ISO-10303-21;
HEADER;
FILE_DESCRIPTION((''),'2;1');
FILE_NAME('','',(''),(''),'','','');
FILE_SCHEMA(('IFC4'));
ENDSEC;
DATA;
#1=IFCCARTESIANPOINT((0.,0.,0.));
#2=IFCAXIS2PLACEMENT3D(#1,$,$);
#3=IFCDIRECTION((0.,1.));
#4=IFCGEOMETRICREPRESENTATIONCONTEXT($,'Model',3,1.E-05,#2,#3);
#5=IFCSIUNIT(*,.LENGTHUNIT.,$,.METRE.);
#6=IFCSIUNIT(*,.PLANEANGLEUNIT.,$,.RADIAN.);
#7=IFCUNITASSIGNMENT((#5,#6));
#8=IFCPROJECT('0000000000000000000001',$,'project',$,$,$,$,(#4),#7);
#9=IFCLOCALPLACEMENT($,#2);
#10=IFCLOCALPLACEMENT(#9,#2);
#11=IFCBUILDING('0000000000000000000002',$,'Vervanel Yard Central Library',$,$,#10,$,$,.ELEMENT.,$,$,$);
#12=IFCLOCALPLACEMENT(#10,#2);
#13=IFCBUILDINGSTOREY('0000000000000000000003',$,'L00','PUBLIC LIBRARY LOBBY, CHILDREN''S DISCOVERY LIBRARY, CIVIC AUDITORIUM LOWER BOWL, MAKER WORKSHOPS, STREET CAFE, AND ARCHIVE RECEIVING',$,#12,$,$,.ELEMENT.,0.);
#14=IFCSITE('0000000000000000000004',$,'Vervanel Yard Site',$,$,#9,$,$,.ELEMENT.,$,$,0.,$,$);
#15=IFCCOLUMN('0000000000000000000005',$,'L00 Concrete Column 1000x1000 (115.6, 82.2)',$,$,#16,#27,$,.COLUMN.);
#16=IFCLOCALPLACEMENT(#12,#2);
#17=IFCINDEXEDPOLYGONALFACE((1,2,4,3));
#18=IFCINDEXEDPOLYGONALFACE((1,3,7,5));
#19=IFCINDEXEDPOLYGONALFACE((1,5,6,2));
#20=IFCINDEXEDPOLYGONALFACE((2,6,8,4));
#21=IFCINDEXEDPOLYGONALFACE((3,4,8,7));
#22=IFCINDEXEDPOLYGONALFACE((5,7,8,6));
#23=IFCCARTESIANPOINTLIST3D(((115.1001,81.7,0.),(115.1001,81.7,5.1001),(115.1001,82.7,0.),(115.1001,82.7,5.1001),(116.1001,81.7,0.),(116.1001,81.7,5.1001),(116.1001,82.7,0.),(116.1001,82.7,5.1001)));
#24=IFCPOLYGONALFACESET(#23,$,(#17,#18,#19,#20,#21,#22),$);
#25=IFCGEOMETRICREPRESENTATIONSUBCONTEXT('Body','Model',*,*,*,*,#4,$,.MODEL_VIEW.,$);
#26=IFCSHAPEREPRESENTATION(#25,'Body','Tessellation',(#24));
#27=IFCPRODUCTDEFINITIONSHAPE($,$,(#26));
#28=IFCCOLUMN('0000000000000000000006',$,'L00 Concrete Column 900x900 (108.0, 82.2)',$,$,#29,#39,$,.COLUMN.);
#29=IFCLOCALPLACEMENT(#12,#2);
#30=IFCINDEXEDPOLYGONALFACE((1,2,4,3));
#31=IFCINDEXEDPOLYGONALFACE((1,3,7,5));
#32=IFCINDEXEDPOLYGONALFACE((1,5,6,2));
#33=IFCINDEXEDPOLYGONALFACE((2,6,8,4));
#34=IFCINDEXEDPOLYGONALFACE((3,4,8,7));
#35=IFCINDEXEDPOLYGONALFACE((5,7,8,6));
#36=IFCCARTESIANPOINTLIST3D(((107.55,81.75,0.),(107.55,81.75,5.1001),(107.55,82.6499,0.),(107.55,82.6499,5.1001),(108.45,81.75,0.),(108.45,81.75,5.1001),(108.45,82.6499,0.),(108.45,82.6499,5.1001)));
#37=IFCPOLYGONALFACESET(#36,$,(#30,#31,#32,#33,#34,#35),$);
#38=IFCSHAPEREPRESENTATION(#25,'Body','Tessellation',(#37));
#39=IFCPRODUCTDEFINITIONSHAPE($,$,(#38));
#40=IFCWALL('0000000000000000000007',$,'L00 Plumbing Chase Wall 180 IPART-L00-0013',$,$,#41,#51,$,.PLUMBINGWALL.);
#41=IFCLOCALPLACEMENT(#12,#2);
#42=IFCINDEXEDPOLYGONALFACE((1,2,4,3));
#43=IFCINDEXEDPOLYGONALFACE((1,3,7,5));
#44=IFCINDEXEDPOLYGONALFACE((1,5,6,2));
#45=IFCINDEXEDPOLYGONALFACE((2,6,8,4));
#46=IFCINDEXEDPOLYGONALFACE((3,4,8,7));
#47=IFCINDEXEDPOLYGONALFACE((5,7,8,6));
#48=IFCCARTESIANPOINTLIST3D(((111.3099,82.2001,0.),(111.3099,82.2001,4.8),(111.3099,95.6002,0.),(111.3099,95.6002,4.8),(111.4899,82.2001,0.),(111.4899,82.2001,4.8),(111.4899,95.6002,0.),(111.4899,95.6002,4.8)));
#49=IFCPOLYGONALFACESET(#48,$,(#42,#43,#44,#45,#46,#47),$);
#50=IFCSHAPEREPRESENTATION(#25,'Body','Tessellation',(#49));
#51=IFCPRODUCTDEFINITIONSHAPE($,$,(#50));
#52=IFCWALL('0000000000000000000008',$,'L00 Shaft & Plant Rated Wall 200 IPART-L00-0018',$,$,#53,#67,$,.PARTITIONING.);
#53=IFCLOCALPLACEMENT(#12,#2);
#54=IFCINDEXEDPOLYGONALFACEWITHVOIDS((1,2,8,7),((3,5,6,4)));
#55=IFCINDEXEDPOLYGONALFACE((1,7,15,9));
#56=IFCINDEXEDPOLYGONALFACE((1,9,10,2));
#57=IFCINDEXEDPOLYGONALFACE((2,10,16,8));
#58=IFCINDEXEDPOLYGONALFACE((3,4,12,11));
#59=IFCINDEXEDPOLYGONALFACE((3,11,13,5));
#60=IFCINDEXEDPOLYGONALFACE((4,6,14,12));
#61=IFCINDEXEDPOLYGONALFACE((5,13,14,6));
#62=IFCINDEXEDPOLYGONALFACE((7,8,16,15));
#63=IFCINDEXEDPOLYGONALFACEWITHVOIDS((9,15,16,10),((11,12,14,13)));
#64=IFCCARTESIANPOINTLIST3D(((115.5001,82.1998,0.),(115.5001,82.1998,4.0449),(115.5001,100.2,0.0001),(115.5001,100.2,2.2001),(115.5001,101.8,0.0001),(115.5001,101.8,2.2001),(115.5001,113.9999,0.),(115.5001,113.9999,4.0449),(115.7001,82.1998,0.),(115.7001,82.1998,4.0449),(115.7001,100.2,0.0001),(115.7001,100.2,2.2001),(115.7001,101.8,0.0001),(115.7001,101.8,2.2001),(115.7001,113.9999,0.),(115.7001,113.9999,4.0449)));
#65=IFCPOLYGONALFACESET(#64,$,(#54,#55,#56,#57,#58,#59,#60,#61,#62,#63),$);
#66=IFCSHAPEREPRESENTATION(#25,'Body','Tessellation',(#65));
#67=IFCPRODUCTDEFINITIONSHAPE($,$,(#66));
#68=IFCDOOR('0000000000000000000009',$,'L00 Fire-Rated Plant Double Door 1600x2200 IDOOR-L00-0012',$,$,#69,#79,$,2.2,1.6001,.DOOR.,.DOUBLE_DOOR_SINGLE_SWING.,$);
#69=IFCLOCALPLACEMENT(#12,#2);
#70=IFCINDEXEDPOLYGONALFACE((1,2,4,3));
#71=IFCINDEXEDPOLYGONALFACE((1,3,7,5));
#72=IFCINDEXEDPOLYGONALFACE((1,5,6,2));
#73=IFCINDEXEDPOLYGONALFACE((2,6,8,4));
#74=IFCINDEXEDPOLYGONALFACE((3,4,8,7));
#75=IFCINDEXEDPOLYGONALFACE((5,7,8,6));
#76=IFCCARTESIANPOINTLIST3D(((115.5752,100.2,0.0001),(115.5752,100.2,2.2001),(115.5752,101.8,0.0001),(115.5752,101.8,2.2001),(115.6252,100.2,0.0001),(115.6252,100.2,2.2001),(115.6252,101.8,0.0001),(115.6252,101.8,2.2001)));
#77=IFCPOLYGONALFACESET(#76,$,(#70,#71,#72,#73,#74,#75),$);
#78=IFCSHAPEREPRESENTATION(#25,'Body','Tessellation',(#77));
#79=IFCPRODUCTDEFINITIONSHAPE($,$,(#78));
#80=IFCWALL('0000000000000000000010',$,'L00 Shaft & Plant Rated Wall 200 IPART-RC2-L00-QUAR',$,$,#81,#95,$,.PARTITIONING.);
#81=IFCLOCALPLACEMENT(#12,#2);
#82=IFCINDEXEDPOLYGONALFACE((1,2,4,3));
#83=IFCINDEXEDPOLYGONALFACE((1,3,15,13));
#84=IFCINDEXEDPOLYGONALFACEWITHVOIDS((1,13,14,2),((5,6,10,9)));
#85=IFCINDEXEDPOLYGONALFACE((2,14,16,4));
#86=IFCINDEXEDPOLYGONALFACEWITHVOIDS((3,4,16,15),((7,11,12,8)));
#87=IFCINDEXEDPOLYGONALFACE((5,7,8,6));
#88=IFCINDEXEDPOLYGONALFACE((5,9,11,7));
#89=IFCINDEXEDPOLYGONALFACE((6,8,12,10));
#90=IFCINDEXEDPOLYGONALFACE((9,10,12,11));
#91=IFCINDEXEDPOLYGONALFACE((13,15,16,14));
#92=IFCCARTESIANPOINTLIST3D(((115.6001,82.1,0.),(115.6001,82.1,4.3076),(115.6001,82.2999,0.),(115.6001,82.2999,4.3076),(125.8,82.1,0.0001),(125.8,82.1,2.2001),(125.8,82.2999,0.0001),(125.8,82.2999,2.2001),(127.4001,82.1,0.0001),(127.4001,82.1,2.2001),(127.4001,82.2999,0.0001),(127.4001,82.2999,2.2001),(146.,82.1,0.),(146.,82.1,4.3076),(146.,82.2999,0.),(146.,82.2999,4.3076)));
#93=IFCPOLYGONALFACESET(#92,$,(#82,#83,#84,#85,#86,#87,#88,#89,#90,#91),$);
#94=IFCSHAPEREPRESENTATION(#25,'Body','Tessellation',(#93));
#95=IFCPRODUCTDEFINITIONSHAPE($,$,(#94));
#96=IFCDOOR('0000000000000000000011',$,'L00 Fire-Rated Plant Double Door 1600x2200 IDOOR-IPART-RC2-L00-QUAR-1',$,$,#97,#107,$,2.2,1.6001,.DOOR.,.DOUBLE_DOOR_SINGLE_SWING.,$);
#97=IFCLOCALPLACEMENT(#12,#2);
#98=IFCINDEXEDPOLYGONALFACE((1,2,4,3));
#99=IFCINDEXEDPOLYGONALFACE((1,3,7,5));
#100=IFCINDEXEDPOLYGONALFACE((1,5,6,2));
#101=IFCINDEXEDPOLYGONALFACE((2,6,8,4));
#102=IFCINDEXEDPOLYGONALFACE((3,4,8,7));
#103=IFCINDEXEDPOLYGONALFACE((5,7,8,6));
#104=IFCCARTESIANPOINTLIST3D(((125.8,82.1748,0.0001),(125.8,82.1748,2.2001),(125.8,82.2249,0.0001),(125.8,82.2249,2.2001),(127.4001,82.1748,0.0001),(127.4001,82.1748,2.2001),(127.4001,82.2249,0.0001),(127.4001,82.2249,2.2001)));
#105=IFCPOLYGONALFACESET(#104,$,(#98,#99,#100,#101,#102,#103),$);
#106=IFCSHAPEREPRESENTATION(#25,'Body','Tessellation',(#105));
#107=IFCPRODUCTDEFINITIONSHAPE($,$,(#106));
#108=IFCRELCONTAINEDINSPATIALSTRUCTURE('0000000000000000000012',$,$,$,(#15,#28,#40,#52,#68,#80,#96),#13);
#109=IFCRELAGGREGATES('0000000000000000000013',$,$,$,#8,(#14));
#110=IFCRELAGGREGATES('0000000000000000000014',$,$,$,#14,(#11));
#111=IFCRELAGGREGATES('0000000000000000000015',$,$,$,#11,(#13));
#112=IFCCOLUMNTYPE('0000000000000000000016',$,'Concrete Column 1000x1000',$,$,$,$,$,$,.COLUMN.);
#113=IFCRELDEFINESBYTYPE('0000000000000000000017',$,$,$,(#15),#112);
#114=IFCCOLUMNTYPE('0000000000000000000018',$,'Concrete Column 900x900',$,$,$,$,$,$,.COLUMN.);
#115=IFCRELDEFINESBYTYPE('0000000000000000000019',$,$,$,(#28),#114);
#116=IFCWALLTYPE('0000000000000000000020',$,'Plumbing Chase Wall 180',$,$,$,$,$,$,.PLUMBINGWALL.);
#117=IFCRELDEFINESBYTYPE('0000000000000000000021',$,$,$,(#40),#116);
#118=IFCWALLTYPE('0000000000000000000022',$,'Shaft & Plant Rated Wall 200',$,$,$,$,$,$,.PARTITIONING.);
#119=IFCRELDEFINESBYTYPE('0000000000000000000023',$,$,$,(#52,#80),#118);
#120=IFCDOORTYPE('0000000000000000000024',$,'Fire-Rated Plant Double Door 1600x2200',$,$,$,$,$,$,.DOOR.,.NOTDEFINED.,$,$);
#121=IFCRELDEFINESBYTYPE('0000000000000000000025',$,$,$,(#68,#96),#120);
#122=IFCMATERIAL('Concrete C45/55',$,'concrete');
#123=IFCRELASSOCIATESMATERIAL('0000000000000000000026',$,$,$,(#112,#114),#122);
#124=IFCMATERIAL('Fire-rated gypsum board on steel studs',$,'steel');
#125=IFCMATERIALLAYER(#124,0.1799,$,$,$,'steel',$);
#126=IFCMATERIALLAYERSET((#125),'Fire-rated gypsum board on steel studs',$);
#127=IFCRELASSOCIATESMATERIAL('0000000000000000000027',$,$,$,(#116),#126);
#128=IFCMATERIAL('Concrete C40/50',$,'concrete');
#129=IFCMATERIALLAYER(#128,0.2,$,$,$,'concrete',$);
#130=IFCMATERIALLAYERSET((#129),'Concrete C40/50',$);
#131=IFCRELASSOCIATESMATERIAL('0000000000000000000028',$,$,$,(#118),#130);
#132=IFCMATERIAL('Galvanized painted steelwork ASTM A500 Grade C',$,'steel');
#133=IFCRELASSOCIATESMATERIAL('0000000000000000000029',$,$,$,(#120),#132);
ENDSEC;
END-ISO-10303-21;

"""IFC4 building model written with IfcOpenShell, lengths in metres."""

from ifc_helpers import new_model, si_unit, direction, frame, frame_2d, origin, origin_2d, place, context, subcontext, project, spatial, rectangle, extrude, material, layer, layer_set, material_profile, profile_set, type_object, element, fill, save


model = new_model("IFC4")

# Units and contexts
model_context = context("Model", 3, precision=1e-05, world=origin(), true_north=direction((0.0, 1.0)))
body_context = subcontext(model_context, "Body", "Model", "MODEL_VIEW")
ifc_project = project(units=[si_unit("LENGTHUNIT", "METRE"), si_unit("PLANEANGLEUNIT", "RADIAN")], contexts=[model_context])

# Site, building, storey
site_placement = place(None, origin())
site = spatial("IfcSite", under=ifc_project, at=site_placement, Name="Vervanel Yard Site", CompositionType="ELEMENT", RefElevation=0.0)
building_placement = place(site_placement, origin())
building = spatial("IfcBuilding", under=site, at=building_placement, Name="Vervanel Yard Central Library", CompositionType="ELEMENT")
storey_placement = place(building_placement, origin())
storey = spatial("IfcBuildingStorey", under=building, at=storey_placement, Name="L00", Description="PUBLIC LIBRARY LOBBY, CHILDREN'S DISCOVERY LIBRARY, CIVIC AUDITORIUM LOWER BOWL, MAKER WORKSHOPS, STREET CAFE, AND ARCHIVE RECEIVING", CompositionType="ELEMENT", Elevation=0.0)

# Shared definitions
ifc_material_1 = material(Name="Concrete C40/50", Category="concrete")

# Columns
ifc_material_2 = material(Name="Concrete C45/55", Category="concrete")
ifc_material_profile_1 = material_profile(ifc_material_2, rectangle(XDim=1.0, YDim=1.0, at=origin_2d()), Name="RC 1000x1000", Category="concrete")
ifc_profile_set_1 = profile_set([ifc_material_profile_1], Name="Concrete C45/55")
column_type_1 = type_object("IfcColumnType", Name="Concrete Column 1000x1000", PredefinedType="COLUMN", material=ifc_profile_set_1)
column_1_placement = place(storey_placement, frame((115.6001, 82.2, 0.0), z_axis=(0.0, 0.0, 1.0), x_axis=(1.0, 0.0, 0.0)))
element("IfcColumn", 1, at=column_1_placement, inside=storey, type_object=column_type_1, Name="L00 Concrete Column 1000x1000 (115.6, 82.2)", PredefinedType="COLUMN", context=body_context, shape_type="SweptSolid", body=[
    extrude(rectangle(XDim=1.0, YDim=1.0, at=origin_2d()), origin(), (0.0, 0.0, 1.0), 5.1001),
])
ifc_material_profile_2 = material_profile(ifc_material_2, rectangle(XDim=0.8999, YDim=0.8999, at=origin_2d()), Name="RC 900x900", Category="concrete")
ifc_profile_set_2 = profile_set([ifc_material_profile_2], Name="Concrete C45/55")
column_type_2 = type_object("IfcColumnType", Name="Concrete Column 900x900", PredefinedType="COLUMN", material=ifc_profile_set_2)
column_2_placement = place(storey_placement, frame((108.0, 82.2, 0.0), z_axis=(0.0, 0.0, 1.0), x_axis=(1.0, 0.0, 0.0)))
element("IfcColumn", 2, at=column_2_placement, inside=storey, type_object=column_type_2, Name="L00 Concrete Column 900x900 (108.0, 82.2)", PredefinedType="COLUMN", context=body_context, shape_type="SweptSolid", body=[
    extrude(rectangle(XDim=0.8999, YDim=0.8999, at=origin_2d()), origin(), (0.0, 0.0, 1.0), 5.1001),
])

# Wall
ifc_material_3 = material(Name="Fire-rated gypsum board on steel studs", Category="steel")
ifc_layer_1 = layer(ifc_material_3, 0.1799, Category="steel")
ifc_layer_set_1 = layer_set([ifc_layer_1], Name="Fire-rated gypsum board on steel studs")
wall_type_1 = type_object("IfcWallType", Name="Plumbing Chase Wall 180", PredefinedType="PLUMBINGWALL", material=ifc_layer_set_1)
wall_1_placement = place(storey_placement, frame((111.3999, 82.2, 0.0), z_axis=(0.0, 0.0, 1.0), x_axis=(0.0, 1.0, 0.0)))
element("IfcWall", 3, at=wall_1_placement, inside=storey, type_object=wall_type_1, Name="L00 Plumbing Chase Wall 180 IPART-L00-0013", PredefinedType="PLUMBINGWALL", context=body_context, shape_type="SweptSolid", body=[
    extrude(rectangle(XDim=13.4001, YDim=0.1799, at=frame_2d((6.7002, 0.0))), origin(), (0.0, 0.0, 1.0), 4.8),
])

# Walls, openings, doors
ifc_layer_2 = layer(ifc_material_1, 0.2, Category="concrete")
ifc_layer_set_2 = layer_set([ifc_layer_2], Name="Concrete C40/50")
wall_type_2 = type_object("IfcWallType", Name="Shaft & Plant Rated Wall 200", PredefinedType="PARTITIONING", material=ifc_layer_set_2)
wall_2_placement = place(storey_placement, frame((115.6001, 82.2, 0.0), z_axis=(0.0, 0.0, 1.0), x_axis=(0.0, 1.0, 0.0)))
wall_2 = element("IfcWall", 4, at=wall_2_placement, inside=storey, type_object=wall_type_2, Name="L00 Shaft & Plant Rated Wall 200 IPART-L00-0018", PredefinedType="PARTITIONING", context=body_context, shape_type="SweptSolid", body=[
    extrude(rectangle(XDim=31.8, YDim=0.2, at=frame_2d((15.8999, 0.0))), origin(), (0.0, 0.0, 1.0), 4.0449),
])
opening_1_placement = place(wall_2_placement, frame((18.0, 0.0, 0.0)))
opening_1 = element("IfcOpeningElement", 5, at=opening_1_placement, cuts=wall_2, PredefinedType="OPENING", context=body_context, shape_type="SweptSolid", body=[
    extrude(rectangle(XDim=1.6001, YDim=2.2, at=frame_2d((0.8, 1.1001))), frame((0.0, 0.1099, 0.0), z_axis=(0.0, -1.0, 0.0), x_axis=(1.0, 0.0, 0.0)), (0.0, 0.0, 1.0), 0.22),
])
ifc_material_4 = material(Name="Galvanized painted steelwork ASTM A500 Grade C", Category="steel")
door_type = type_object("IfcDoorType", Name="Fire-Rated Plant Double Door 1600x2200", OperationType="NOTDEFINED", PredefinedType="DOOR", material=ifc_material_4)
door_1_placement = place(opening_1_placement, origin())
door_1 = element("IfcDoor", 6, at=door_1_placement, inside=storey, type_object=door_type, Name="L00 Fire-Rated Plant Double Door 1600x2200 IDOOR-L00-0012", OperationType="DOUBLE_DOOR_SINGLE_SWING", OverallHeight=2.2, OverallWidth=1.6001, PredefinedType="DOOR", context=body_context, shape_type="SweptSolid", body=[
    extrude(rectangle(XDim=1.6001, YDim=2.2, at=frame_2d((0.8, 1.1001))), frame((0.0, 0.0249, 0.0), z_axis=(0.0, -1.0, 0.0), x_axis=(1.0, 0.0, 0.0)), (0.0, 0.0, 1.0), 0.05),
])
fill(opening_1, door_1)
wall_3_placement = place(storey_placement, frame((115.6001, 82.2, 0.0), z_axis=(0.0, 0.0, 1.0), x_axis=(1.0, 0.0, 0.0)))
wall_3 = element("IfcWall", 7, at=wall_3_placement, inside=storey, type_object=wall_type_2, Name="L00 Shaft & Plant Rated Wall 200 IPART-RC2-L00-QUAR", PredefinedType="PARTITIONING", context=body_context, shape_type="SweptSolid", body=[
    extrude(rectangle(XDim=30.3999, YDim=0.2, at=frame_2d((15.2, 0.0))), origin(), (0.0, 0.0, 1.0), 4.3076),
])
opening_2_placement = place(wall_3_placement, frame((10.2, 0.0, 0.0)))
opening_2 = element("IfcOpeningElement", 8, at=opening_2_placement, cuts=wall_3, PredefinedType="OPENING", context=body_context, shape_type="SweptSolid", body=[
    extrude(rectangle(XDim=1.6001, YDim=2.2, at=frame_2d((0.8, 1.1001))), frame((0.0, 0.1099, 0.0), z_axis=(0.0, -1.0, 0.0), x_axis=(1.0, 0.0, 0.0)), (0.0, 0.0, 1.0), 0.22),
])
door_2_placement = place(opening_2_placement, origin())
door_2 = element("IfcDoor", 9, at=door_2_placement, inside=storey, type_object=door_type, Name="L00 Fire-Rated Plant Double Door 1600x2200 IDOOR-IPART-RC2-L00-QUAR-1", OperationType="DOUBLE_DOOR_SINGLE_SWING", OverallHeight=2.2, OverallWidth=1.6001, PredefinedType="DOOR", context=body_context, shape_type="SweptSolid", body=[
    extrude(rectangle(XDim=1.6001, YDim=2.2, at=frame_2d((0.8, 1.1001))), frame((0.0, 0.0249, 0.0), z_axis=(0.0, -1.0, 0.0), x_axis=(1.0, 0.0, 0.0)), (0.0, 0.0, 1.0), 0.05),
])
fill(opening_2, door_2)

save(model, "model.ifc")
